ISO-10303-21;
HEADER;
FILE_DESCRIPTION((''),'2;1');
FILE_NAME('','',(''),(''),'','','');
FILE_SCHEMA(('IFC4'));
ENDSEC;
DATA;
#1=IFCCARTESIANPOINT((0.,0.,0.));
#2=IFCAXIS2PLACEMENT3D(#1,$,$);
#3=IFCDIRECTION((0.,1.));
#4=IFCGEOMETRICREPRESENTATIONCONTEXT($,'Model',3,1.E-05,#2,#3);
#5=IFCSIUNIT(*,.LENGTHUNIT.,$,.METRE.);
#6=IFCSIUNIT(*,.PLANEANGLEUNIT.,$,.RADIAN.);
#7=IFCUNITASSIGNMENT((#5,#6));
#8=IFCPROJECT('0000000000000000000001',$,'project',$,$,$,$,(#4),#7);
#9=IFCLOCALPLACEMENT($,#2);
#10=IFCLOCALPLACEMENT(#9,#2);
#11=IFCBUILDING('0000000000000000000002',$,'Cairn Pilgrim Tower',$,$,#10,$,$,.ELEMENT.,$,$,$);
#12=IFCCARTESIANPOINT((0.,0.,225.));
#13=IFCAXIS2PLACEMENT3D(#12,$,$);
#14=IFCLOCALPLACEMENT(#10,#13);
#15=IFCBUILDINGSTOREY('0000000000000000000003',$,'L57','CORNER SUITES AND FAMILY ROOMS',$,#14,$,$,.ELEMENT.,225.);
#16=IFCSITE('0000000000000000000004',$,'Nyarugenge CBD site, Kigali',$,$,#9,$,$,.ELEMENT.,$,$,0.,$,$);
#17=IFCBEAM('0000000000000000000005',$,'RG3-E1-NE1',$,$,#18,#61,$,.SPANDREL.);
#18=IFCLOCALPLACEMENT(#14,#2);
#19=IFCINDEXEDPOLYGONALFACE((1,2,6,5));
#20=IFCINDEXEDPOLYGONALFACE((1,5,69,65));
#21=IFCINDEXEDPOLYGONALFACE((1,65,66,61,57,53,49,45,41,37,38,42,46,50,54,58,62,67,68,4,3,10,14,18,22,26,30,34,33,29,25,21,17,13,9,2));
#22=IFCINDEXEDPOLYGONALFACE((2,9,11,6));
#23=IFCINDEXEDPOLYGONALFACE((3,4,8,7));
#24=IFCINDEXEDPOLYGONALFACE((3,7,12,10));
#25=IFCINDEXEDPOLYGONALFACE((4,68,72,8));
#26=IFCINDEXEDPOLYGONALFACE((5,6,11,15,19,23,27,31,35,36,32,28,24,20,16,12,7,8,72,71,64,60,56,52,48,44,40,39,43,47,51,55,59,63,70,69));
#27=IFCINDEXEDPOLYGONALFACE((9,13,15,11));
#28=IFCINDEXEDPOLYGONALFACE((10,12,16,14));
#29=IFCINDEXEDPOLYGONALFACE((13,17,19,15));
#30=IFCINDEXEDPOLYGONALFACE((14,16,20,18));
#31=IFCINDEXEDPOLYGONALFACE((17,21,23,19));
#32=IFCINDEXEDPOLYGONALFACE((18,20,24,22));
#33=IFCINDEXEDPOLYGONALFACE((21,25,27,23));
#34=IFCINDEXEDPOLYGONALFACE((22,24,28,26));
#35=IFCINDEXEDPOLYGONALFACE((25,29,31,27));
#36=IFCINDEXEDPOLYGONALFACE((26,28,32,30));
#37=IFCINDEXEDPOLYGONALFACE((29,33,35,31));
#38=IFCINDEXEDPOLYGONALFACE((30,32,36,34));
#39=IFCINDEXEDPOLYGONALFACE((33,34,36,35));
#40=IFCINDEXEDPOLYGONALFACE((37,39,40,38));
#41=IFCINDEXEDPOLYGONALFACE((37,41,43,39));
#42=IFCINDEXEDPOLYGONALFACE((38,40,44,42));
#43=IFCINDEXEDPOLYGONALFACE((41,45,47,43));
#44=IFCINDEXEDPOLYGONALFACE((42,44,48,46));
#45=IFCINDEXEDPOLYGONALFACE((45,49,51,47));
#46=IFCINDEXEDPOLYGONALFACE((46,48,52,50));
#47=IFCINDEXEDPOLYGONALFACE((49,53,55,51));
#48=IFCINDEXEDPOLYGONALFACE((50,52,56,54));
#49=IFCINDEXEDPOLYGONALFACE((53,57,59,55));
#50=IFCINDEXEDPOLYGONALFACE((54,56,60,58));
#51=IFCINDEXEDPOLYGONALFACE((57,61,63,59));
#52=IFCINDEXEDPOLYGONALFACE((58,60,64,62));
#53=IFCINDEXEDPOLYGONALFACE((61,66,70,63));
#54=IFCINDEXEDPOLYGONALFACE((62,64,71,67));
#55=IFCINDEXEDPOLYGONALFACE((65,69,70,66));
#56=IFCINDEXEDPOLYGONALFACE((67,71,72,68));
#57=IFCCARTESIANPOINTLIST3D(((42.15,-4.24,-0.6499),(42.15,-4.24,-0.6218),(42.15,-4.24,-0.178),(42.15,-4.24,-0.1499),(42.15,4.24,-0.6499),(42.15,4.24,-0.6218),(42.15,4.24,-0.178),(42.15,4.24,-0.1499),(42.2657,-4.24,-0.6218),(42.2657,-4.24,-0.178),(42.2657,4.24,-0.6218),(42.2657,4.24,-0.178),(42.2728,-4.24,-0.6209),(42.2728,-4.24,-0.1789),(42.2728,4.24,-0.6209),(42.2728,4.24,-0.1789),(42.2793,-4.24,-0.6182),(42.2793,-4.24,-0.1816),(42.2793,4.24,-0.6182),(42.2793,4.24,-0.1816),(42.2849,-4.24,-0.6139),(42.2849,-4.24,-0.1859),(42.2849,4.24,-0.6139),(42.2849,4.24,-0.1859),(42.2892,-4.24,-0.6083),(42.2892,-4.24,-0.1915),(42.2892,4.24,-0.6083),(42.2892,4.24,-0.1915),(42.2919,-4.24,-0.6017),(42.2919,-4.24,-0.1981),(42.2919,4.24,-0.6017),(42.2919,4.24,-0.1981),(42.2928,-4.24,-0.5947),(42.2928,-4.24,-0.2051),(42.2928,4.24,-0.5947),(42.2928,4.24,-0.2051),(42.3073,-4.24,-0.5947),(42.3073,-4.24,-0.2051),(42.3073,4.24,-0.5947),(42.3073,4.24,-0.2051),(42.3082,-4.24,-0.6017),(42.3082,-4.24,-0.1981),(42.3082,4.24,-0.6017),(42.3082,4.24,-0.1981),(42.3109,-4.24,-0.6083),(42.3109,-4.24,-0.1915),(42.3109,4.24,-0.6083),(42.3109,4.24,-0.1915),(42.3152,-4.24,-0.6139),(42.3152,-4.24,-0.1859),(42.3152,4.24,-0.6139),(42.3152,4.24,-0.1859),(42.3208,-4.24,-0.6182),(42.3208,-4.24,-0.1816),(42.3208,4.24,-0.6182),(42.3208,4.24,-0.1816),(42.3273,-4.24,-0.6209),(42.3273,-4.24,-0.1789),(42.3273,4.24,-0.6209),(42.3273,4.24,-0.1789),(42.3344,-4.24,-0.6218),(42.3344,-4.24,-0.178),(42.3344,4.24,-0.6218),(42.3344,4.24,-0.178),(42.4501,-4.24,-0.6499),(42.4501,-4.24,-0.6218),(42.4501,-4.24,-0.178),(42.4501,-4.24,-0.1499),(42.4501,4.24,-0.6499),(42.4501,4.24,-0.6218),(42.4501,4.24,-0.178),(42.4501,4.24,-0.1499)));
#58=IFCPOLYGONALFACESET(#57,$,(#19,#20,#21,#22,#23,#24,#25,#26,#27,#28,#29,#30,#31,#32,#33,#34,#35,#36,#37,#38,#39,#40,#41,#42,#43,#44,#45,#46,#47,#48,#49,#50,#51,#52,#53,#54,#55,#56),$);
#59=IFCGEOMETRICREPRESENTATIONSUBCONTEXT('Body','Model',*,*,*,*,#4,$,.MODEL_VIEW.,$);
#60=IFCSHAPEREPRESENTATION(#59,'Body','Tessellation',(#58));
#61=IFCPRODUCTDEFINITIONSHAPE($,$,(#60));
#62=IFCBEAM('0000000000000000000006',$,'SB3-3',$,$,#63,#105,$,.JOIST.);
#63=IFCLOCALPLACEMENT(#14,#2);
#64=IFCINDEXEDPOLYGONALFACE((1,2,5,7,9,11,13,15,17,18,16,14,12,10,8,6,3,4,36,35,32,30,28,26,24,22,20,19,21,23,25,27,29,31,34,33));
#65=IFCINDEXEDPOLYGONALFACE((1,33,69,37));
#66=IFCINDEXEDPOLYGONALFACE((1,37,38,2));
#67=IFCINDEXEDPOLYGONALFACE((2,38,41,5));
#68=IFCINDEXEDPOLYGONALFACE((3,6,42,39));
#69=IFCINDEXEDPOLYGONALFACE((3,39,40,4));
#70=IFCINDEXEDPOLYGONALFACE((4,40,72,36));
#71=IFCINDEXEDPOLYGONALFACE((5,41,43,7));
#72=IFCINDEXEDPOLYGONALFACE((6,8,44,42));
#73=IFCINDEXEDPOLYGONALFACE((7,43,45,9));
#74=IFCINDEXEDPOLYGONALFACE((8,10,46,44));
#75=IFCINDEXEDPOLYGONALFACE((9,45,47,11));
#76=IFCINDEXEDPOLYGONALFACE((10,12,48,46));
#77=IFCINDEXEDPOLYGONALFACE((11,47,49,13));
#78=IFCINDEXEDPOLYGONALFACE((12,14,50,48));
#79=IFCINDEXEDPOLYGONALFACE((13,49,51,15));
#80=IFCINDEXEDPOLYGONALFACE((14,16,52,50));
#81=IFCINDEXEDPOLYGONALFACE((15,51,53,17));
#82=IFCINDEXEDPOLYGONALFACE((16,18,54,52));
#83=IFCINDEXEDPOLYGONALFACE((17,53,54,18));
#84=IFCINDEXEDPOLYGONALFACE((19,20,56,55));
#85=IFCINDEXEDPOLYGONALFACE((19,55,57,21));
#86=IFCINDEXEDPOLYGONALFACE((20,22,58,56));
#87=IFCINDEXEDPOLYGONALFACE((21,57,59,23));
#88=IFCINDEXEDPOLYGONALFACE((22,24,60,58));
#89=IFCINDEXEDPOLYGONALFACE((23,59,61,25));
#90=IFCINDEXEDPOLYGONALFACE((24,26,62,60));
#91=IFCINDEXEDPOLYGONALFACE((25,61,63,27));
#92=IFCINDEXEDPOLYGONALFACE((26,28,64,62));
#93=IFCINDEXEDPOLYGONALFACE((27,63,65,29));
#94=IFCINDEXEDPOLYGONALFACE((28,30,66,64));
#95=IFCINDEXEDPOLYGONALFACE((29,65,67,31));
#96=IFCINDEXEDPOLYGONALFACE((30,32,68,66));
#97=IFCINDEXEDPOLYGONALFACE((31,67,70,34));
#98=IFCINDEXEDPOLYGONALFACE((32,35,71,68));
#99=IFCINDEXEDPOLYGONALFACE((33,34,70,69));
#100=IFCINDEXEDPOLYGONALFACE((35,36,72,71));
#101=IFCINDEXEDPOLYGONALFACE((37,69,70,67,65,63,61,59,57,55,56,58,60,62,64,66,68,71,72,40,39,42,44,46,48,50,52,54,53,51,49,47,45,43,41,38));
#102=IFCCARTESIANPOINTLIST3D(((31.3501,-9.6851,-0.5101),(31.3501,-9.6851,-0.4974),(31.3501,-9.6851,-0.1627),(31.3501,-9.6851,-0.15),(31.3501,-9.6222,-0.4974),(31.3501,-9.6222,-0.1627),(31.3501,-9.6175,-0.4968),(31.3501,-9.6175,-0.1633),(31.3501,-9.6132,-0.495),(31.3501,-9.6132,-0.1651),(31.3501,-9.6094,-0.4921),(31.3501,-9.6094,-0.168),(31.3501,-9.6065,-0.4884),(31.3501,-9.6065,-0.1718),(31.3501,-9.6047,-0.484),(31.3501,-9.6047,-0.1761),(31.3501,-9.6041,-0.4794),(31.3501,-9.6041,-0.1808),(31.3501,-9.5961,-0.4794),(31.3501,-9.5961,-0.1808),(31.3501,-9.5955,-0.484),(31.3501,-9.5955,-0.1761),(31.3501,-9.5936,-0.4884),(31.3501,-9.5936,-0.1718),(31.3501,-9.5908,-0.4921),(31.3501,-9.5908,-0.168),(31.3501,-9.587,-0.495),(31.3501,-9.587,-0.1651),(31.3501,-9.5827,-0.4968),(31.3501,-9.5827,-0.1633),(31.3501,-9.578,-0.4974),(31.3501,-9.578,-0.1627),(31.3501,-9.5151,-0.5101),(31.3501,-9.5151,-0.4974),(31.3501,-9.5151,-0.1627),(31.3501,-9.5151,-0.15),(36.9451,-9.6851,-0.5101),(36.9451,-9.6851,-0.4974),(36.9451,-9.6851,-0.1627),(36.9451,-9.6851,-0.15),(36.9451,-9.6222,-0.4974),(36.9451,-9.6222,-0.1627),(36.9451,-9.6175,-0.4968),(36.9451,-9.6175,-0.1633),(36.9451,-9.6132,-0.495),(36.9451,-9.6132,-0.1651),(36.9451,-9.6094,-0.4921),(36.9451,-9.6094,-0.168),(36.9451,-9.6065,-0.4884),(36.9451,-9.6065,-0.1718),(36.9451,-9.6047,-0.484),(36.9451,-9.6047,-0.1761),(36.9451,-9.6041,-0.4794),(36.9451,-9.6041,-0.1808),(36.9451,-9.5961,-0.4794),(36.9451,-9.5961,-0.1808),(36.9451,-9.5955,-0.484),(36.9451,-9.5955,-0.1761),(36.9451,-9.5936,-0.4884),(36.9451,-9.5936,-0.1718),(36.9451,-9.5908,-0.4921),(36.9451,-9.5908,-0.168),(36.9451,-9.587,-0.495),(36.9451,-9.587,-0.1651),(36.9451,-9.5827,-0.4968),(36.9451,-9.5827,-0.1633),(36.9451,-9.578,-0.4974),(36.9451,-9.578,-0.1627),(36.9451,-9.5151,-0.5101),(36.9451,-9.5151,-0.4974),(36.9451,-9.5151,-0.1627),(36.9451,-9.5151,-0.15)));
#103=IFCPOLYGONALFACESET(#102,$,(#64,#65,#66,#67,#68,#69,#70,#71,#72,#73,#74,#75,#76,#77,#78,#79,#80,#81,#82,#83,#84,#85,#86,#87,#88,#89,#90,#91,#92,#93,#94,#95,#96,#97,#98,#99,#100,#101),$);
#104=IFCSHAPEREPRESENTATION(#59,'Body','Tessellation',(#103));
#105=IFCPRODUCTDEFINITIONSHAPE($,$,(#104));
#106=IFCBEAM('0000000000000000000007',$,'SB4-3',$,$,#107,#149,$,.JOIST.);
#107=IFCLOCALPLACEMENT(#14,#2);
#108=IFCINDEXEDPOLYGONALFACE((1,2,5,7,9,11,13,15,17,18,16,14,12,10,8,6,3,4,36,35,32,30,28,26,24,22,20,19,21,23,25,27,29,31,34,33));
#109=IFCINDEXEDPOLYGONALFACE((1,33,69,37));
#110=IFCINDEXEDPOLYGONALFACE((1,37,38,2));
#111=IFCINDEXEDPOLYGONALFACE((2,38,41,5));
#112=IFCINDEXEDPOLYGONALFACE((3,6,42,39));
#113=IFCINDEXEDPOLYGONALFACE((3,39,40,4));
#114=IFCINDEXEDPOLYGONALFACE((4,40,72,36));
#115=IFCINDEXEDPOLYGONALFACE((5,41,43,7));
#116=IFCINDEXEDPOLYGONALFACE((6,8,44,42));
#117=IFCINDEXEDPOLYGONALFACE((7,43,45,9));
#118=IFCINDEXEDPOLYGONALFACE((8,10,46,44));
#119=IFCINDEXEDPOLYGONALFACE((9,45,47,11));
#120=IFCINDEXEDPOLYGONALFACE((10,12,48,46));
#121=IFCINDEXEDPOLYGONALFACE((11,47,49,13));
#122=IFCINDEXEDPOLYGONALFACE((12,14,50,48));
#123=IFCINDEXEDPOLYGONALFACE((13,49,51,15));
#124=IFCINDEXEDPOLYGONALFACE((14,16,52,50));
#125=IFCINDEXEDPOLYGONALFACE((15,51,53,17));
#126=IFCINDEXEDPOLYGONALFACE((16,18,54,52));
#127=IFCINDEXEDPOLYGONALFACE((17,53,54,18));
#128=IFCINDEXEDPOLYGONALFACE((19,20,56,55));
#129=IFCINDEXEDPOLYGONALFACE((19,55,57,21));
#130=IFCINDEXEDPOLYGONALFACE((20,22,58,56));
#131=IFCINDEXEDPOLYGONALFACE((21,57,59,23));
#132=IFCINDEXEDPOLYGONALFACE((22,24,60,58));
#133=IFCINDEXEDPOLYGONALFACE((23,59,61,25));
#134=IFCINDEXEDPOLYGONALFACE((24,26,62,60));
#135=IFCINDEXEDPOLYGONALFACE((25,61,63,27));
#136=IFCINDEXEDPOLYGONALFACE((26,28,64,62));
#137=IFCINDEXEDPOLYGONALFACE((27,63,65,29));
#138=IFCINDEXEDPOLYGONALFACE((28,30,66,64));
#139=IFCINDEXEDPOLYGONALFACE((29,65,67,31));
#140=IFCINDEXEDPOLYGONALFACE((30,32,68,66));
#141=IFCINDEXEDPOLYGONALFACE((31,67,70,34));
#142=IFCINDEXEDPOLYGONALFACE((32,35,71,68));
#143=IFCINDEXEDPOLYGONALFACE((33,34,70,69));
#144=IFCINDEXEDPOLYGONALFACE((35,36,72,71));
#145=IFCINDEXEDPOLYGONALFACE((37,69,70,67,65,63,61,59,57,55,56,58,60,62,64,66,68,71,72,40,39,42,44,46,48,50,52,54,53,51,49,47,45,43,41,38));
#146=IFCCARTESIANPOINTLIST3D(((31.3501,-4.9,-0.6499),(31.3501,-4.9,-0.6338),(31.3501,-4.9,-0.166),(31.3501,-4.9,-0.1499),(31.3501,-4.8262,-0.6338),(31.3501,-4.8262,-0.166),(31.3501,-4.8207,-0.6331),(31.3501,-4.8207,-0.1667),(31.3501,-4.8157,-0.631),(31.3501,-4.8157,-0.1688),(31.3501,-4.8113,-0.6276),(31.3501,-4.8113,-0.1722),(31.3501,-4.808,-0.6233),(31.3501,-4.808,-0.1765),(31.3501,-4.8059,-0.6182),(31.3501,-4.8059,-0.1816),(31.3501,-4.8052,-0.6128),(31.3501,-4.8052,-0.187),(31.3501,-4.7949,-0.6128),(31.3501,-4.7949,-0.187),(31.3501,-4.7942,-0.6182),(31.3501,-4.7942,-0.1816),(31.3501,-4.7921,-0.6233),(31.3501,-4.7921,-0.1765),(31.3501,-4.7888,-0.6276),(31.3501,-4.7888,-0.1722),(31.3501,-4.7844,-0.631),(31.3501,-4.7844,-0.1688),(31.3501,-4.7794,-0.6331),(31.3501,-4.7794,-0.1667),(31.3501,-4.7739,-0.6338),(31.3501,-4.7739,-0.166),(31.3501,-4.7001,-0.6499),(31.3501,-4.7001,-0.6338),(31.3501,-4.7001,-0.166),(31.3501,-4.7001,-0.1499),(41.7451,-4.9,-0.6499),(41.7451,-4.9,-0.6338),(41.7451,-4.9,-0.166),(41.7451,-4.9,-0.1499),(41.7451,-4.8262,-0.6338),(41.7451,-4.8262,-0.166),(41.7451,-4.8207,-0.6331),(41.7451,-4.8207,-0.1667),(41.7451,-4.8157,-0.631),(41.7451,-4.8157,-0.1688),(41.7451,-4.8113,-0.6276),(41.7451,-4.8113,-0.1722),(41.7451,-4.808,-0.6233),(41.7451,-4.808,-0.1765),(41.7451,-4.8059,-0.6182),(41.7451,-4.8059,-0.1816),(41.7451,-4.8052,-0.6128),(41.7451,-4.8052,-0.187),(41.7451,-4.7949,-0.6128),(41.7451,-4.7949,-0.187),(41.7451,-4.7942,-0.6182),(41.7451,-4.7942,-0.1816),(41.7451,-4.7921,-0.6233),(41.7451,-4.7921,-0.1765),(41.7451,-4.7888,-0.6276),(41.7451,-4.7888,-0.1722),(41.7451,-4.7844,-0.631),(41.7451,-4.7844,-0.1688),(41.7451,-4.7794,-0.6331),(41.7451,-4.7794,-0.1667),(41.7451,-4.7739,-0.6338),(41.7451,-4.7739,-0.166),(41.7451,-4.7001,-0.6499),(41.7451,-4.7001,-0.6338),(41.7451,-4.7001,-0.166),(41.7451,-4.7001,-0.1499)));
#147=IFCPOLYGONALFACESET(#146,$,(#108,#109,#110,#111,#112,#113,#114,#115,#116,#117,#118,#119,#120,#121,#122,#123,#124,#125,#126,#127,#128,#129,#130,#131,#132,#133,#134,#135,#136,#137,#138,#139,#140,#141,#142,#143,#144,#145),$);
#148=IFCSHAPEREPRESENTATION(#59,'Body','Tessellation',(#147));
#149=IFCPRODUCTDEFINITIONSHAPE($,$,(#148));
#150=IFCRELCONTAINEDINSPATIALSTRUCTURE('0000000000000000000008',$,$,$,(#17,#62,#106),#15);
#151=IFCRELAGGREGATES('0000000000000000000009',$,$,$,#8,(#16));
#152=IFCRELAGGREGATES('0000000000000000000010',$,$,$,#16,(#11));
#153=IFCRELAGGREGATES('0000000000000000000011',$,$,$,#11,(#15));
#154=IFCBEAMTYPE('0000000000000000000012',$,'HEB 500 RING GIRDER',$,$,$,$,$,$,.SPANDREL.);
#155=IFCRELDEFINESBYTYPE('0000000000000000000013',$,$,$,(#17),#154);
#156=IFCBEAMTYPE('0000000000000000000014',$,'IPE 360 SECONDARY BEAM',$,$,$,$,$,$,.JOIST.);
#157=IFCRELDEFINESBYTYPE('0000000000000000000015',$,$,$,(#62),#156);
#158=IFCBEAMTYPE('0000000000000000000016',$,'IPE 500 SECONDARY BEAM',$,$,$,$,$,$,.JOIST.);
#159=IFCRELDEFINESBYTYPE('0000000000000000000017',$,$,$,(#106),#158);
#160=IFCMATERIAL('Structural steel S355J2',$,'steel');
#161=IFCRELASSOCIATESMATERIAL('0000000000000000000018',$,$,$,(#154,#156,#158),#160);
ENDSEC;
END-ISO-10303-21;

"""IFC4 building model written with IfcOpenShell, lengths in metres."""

from ifc_helpers import new_model, si_unit, direction, frame, origin, origin_2d, place, context, subcontext, project, spatial, i_section, extrude, material, material_profile, profile_set, type_object, element, save


model = new_model("IFC4")

# Units and contexts
model_context = context("Model", 3, precision=1e-05, world=origin(), true_north=direction((0.0, 1.0)))
body_context = subcontext(model_context, "Body", "Model", "MODEL_VIEW")
ifc_project = project(units=[si_unit("LENGTHUNIT", "METRE"), si_unit("PLANEANGLEUNIT", "RADIAN")], contexts=[model_context])

# Site, building, storey
site_placement = place(None, origin())
site = spatial("IfcSite", under=ifc_project, at=site_placement, Name="Nyarugenge CBD site, Kigali", CompositionType="ELEMENT", RefElevation=0.0)
building_placement = place(site_placement, origin())
building = spatial("IfcBuilding", under=site, at=building_placement, Name="Cairn Pilgrim Tower", CompositionType="ELEMENT")
storey_placement = place(building_placement, frame((0.0, 0.0, 225.0)))
storey = spatial("IfcBuildingStorey", under=building, at=storey_placement, Name="L57", Description="CORNER SUITES AND FAMILY ROOMS", CompositionType="ELEMENT", Elevation=225.0)

# Shared definitions
ifc_material_1 = material(Name="Structural steel S355J2", Category="steel")

# Beams
ifc_material_profile_1 = material_profile(ifc_material_1, i_section(OverallWidth=0.3, OverallDepth=0.5, WebThickness=0.0144, FlangeThickness=0.0281, FilletRadius=0.0271, at=origin_2d()), Name="HEB 500")
ifc_profile_set_1 = profile_set([ifc_material_profile_1], Name="Structural steel S355J2")
beam_type_1 = type_object("IfcBeamType", Name="HEB 500 RING GIRDER", PredefinedType="SPANDREL", material=ifc_profile_set_1)
beam_1_placement = place(storey_placement, frame((42.3, -4.24, -0.3999), z_axis=(0.0, 1.0, 0.0), x_axis=(-1.0, 0.0, 0.0)))
element("IfcBeam", 1, at=beam_1_placement, inside=storey, type_object=beam_type_1, Name="RG3-E1-NE1", PredefinedType="SPANDREL", context=body_context, shape_type="SweptSolid", body=[
    extrude(i_section(OverallWidth=0.3, OverallDepth=0.5, WebThickness=0.0144, FlangeThickness=0.0281, FilletRadius=0.0271, at=origin_2d()), origin(), (0.0, 0.0, 1.0), 8.48),
])
ifc_material_profile_2 = material_profile(ifc_material_1, i_section(OverallWidth=0.1699, OverallDepth=0.3601, WebThickness=0.0081, FlangeThickness=0.0127, FilletRadius=0.0181, at=origin_2d()), Name="IPE 360")
ifc_profile_set_2 = profile_set([ifc_material_profile_2], Name="Structural steel S355J2")
beam_type_2 = type_object("IfcBeamType", Name="IPE 360 SECONDARY BEAM", PredefinedType="JOIST", material=ifc_profile_set_2)
beam_2_placement = place(storey_placement, frame((31.3501, -9.6001, -0.3301), z_axis=(1.0, 0.0, 0.0), x_axis=(0.0, 1.0, 0.0)))
element("IfcBeam", 2, at=beam_2_placement, inside=storey, type_object=beam_type_2, Name="SB3-3", PredefinedType="JOIST", context=body_context, shape_type="SweptSolid", body=[
    extrude(i_section(OverallWidth=0.1699, OverallDepth=0.3601, WebThickness=0.0081, FlangeThickness=0.0127, FilletRadius=0.0181, at=origin_2d()), origin(), (0.0, 0.0, 1.0), 5.595),
])
ifc_material_profile_3 = material_profile(ifc_material_1, i_section(OverallWidth=0.2, OverallDepth=0.5, WebThickness=0.0103, FlangeThickness=0.0161, FilletRadius=0.021, at=origin_2d()), Name="IPE 500")
ifc_profile_set_3 = profile_set([ifc_material_profile_3], Name="Structural steel S355J2")
beam_type_3 = type_object("IfcBeamType", Name="IPE 500 SECONDARY BEAM", PredefinedType="JOIST", material=ifc_profile_set_3)
beam_3_placement = place(storey_placement, frame((31.3501, -4.8, -0.3999), z_axis=(1.0, 0.0, 0.0), x_axis=(0.0, 1.0, 0.0)))
element("IfcBeam", 3, at=beam_3_placement, inside=storey, type_object=beam_type_3, Name="SB4-3", PredefinedType="JOIST", context=body_context, shape_type="SweptSolid", body=[
    extrude(i_section(OverallWidth=0.2, OverallDepth=0.5, WebThickness=0.0103, FlangeThickness=0.0161, FilletRadius=0.021, at=origin_2d()), origin(), (0.0, 0.0, 1.0), 10.395),
])

save(model, "model.ifc")
